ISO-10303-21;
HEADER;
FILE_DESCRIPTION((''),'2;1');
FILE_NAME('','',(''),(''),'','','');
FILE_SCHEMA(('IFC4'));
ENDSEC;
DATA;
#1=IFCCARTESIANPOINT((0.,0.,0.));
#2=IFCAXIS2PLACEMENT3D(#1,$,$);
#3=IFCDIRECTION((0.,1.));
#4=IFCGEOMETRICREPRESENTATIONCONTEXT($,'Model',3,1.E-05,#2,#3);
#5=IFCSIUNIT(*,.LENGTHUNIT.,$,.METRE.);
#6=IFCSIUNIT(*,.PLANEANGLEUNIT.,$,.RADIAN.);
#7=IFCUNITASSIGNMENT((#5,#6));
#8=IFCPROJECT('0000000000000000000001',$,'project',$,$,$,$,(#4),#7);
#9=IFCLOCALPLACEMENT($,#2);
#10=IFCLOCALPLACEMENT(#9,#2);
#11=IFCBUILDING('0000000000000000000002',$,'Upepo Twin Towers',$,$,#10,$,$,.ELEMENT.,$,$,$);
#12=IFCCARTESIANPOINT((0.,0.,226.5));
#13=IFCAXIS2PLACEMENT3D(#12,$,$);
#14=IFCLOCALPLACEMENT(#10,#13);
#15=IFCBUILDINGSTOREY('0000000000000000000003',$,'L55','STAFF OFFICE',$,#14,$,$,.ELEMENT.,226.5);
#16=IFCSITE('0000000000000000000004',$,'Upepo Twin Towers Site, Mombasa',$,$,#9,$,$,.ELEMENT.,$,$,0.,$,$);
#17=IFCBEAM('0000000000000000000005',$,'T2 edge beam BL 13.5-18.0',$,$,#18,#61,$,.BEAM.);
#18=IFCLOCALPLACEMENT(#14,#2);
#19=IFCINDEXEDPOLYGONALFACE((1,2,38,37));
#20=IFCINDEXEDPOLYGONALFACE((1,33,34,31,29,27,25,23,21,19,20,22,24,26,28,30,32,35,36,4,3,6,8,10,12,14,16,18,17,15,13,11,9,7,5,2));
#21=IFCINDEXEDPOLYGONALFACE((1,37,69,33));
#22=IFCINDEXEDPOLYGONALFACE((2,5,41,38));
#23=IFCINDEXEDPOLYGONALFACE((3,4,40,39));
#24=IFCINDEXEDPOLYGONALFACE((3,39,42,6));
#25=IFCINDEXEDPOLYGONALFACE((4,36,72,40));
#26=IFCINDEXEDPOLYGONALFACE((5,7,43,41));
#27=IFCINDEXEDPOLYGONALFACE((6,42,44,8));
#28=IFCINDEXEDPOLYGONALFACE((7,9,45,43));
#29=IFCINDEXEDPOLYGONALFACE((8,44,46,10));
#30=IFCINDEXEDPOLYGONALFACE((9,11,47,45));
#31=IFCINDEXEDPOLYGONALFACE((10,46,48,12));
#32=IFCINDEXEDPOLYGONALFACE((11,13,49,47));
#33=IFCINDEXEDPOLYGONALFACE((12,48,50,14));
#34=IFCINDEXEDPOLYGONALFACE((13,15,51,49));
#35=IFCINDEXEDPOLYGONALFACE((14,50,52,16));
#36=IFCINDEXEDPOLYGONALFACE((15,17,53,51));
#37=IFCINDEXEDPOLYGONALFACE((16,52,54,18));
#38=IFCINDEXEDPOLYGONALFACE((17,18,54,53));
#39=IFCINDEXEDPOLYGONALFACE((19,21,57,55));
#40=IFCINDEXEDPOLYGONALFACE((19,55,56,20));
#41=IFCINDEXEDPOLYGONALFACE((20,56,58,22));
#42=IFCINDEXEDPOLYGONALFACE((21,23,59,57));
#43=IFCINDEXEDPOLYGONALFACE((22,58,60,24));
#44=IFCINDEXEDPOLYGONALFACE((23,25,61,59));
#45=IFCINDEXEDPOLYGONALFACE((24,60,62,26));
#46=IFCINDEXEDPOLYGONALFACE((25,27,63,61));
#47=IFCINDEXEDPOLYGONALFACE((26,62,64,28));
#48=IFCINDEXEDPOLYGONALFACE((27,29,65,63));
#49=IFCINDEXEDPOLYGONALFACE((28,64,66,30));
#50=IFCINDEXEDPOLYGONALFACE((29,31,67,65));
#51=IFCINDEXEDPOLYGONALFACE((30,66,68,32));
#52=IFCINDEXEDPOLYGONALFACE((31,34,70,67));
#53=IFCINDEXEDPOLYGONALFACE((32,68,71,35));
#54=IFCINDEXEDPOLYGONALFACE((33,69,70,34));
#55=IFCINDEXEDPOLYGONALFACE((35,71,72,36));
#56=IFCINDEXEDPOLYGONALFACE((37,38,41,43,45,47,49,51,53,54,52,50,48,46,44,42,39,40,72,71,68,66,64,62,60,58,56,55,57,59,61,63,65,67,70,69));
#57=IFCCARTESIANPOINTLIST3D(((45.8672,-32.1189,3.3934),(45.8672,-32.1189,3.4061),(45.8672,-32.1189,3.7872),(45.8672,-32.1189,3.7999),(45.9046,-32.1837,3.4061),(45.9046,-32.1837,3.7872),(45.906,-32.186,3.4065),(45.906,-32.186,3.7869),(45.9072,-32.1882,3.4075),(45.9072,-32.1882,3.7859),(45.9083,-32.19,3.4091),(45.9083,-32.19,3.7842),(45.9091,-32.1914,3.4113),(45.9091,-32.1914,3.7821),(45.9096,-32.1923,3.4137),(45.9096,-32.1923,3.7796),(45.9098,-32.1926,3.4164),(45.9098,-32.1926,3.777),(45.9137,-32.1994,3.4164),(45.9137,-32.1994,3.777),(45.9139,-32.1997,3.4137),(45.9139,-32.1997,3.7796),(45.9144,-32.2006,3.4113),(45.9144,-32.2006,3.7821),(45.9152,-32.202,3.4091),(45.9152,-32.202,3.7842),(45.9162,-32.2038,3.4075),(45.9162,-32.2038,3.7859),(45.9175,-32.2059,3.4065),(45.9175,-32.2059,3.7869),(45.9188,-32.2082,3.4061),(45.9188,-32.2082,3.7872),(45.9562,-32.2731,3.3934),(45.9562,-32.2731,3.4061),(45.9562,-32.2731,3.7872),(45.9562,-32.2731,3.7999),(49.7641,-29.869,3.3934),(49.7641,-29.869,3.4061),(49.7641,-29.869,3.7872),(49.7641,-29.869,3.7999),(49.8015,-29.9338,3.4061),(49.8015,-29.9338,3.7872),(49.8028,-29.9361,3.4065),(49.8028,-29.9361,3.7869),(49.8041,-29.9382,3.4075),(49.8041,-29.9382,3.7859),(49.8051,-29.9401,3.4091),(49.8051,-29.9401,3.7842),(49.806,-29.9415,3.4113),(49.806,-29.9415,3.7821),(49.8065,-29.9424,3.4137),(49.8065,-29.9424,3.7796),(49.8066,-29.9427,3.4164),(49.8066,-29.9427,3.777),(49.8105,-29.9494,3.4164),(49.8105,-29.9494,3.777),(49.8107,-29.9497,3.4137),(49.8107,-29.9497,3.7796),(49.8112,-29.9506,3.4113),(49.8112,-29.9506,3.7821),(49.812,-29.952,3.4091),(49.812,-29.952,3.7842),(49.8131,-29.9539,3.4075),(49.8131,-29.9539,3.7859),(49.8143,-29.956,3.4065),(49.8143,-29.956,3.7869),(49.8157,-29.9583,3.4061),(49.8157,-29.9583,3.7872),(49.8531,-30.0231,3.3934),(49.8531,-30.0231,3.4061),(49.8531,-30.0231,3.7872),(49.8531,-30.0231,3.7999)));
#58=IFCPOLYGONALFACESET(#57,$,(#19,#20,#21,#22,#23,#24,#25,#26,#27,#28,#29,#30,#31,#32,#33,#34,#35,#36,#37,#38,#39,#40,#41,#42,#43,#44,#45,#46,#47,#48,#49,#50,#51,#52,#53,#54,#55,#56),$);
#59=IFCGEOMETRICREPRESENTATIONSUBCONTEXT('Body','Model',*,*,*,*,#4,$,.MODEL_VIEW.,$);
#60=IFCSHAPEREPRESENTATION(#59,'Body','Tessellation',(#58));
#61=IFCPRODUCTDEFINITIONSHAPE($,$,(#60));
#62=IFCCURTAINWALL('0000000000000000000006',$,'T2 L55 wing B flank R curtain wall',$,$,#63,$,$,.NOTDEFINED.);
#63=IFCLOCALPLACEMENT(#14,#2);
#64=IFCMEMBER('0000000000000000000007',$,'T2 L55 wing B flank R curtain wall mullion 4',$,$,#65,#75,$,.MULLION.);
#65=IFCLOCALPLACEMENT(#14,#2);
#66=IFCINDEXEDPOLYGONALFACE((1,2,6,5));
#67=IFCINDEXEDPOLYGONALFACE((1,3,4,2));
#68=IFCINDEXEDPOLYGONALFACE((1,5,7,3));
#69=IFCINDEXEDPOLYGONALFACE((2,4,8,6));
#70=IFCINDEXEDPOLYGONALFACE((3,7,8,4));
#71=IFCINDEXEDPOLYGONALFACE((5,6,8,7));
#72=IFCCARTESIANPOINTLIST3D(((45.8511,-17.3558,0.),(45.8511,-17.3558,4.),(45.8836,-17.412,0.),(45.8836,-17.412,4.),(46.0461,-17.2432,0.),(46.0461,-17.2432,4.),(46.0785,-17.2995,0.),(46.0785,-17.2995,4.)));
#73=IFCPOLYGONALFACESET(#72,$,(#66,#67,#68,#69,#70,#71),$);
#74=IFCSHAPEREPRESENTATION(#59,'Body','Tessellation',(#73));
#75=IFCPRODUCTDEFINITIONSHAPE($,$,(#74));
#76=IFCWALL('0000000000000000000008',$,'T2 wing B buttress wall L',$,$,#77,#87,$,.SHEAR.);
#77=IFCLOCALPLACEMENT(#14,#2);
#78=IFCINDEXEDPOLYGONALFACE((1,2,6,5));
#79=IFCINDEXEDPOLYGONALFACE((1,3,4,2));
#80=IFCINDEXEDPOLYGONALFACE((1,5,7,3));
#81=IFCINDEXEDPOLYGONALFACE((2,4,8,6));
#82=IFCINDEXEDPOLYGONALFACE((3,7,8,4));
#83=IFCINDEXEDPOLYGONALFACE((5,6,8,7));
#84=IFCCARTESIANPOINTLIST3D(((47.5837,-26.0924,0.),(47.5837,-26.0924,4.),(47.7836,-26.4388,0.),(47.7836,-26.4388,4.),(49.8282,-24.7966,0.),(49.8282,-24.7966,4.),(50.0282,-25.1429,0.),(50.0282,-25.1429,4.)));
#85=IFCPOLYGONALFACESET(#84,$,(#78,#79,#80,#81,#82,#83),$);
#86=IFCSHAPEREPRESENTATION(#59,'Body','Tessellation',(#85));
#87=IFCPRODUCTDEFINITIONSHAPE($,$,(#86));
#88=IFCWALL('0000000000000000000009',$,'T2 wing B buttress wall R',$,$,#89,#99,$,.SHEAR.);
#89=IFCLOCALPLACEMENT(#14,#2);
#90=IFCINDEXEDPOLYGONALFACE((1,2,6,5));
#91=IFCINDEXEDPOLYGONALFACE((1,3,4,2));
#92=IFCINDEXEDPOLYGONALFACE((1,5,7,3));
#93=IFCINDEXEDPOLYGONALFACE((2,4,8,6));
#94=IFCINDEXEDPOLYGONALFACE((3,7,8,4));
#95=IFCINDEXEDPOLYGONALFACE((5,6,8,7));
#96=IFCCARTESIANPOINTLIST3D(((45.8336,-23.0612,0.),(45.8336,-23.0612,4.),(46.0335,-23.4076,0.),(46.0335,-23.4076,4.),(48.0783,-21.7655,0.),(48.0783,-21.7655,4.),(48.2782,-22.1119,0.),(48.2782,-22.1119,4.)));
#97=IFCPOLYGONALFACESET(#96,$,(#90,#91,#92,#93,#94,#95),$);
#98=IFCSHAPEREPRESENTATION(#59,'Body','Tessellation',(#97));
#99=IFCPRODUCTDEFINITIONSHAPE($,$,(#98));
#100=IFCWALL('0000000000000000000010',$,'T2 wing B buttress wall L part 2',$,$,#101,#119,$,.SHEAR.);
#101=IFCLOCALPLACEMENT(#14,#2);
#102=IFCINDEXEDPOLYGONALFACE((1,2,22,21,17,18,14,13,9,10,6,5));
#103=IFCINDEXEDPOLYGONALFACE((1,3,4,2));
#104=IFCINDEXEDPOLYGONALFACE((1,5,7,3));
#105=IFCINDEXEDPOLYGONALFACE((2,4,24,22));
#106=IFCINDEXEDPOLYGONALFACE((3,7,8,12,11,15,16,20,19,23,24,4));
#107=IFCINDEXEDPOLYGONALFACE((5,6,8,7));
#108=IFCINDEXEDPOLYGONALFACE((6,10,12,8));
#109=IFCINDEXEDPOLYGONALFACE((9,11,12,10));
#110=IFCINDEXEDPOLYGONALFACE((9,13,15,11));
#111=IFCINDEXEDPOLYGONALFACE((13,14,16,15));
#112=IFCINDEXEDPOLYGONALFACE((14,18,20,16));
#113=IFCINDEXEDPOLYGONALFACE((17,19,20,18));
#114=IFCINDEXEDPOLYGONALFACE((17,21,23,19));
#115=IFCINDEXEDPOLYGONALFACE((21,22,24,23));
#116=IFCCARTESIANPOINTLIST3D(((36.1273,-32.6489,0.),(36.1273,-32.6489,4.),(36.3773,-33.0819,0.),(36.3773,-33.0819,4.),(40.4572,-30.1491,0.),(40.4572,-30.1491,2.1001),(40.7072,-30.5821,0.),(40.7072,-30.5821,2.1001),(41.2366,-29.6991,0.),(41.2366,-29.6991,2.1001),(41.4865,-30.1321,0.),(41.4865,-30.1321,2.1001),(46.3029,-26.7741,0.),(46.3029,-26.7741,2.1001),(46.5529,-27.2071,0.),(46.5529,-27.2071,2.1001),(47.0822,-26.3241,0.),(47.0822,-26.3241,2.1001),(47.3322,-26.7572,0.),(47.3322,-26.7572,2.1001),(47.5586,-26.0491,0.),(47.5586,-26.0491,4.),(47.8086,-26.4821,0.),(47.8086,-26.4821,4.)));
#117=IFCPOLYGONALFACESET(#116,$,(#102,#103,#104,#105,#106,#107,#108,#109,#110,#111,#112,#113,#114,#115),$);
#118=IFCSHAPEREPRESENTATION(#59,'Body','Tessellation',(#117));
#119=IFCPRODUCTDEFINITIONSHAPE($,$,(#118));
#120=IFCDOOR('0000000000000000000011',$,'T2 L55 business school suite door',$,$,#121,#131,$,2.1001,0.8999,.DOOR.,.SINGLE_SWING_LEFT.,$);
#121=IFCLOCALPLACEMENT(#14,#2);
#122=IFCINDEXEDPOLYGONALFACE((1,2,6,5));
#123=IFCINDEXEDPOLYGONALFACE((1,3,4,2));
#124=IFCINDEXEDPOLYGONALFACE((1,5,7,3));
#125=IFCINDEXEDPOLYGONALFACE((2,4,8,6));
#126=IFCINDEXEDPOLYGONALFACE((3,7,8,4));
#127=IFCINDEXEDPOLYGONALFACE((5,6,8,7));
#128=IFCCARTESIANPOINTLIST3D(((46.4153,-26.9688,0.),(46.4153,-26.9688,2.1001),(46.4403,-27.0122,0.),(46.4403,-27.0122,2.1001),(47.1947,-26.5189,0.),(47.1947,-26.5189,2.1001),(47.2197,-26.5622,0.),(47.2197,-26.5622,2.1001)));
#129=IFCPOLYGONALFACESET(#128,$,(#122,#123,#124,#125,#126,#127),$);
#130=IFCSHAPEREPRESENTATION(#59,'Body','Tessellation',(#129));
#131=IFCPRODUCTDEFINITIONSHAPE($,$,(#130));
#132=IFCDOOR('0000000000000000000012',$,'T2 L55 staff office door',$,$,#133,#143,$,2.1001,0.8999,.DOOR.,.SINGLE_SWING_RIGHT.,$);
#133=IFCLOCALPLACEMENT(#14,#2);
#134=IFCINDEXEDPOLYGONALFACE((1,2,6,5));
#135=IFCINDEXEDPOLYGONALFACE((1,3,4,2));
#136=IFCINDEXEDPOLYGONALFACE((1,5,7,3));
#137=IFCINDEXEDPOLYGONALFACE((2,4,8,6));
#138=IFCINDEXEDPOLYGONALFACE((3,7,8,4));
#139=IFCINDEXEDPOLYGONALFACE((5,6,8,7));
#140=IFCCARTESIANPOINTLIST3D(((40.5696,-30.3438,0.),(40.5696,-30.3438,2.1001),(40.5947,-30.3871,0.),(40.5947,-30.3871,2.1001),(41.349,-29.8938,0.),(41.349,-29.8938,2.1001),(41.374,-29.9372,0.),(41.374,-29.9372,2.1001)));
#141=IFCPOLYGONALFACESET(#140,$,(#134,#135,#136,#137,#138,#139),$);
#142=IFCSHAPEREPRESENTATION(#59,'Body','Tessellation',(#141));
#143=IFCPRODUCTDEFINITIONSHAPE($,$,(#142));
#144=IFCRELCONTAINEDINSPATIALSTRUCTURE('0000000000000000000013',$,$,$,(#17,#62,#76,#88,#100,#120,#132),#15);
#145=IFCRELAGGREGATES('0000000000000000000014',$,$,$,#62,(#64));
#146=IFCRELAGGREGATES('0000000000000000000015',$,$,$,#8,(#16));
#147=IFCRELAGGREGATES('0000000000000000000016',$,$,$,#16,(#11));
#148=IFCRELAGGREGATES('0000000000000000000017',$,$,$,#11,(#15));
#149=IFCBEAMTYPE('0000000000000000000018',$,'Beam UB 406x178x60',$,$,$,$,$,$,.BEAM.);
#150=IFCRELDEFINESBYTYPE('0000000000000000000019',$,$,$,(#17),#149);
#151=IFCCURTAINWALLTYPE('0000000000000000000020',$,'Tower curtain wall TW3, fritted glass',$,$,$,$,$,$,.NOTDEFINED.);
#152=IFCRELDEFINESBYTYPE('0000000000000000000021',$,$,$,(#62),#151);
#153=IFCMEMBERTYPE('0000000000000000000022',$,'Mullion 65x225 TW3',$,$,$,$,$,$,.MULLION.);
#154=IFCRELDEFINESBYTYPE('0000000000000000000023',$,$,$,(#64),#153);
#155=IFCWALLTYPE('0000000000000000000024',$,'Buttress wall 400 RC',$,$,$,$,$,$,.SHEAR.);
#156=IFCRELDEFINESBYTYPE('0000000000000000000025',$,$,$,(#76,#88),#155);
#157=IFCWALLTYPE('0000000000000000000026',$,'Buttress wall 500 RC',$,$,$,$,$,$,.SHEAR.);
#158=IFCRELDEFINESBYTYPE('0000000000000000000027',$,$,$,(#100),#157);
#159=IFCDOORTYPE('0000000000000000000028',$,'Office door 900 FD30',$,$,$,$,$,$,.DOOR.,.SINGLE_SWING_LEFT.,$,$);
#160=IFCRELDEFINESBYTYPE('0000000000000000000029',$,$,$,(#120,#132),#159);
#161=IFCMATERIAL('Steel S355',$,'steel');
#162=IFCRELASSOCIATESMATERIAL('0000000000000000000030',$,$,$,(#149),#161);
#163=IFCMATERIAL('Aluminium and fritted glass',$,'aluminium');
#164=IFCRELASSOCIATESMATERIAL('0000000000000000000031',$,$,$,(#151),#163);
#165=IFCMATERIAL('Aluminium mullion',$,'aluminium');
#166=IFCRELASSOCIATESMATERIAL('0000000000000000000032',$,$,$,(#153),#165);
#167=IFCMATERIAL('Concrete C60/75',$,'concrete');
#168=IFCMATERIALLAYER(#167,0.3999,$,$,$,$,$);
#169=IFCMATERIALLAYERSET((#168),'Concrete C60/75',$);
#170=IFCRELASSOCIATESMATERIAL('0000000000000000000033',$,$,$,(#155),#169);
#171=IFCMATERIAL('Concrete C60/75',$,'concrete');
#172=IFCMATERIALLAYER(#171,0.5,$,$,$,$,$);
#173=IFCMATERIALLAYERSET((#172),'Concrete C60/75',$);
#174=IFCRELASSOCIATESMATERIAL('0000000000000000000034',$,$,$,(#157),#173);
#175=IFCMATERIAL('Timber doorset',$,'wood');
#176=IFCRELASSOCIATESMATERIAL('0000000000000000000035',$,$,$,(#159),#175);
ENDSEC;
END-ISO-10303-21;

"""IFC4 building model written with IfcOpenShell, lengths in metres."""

from ifc_helpers import new_model, si_unit, direction, frame, frame_2d, origin, origin_2d, place, context, subcontext, project, spatial, rectangle, i_section, extrude, material, layer, layer_set, material_profile, profile_set, type_object, element, fill, aggregate, save


model = new_model("IFC4")

# Units and contexts
model_context = context("Model", 3, precision=1e-05, world=origin(), true_north=direction((0.0, 1.0)))
body_context = subcontext(model_context, "Body", "Model", "MODEL_VIEW")
ifc_project = project(units=[si_unit("LENGTHUNIT", "METRE"), si_unit("PLANEANGLEUNIT", "RADIAN")], contexts=[model_context])

# Site, building, storey
site_placement = place(None, origin())
site = spatial("IfcSite", under=ifc_project, at=site_placement, Name="Upepo Twin Towers Site, Mombasa", CompositionType="ELEMENT", RefElevation=0.0)
building_placement = place(site_placement, origin())
building = spatial("IfcBuilding", under=site, at=building_placement, Name="Upepo Twin Towers", CompositionType="ELEMENT")
storey_placement = place(building_placement, frame((0.0, 0.0, 226.5)))
storey = spatial("IfcBuildingStorey", under=building, at=storey_placement, Name="L55", Description="STAFF OFFICE", CompositionType="ELEMENT", Elevation=226.5)

# Beam
ifc_material_1 = material(Name="Steel S355", Category="steel")
ifc_material_profile_1 = material_profile(ifc_material_1, i_section(OverallWidth=0.178, OverallDepth=0.4065, WebThickness=0.0078, FlangeThickness=0.0127, FilletRadius=0.0103, at=origin_2d()), Name="UB 406x178x60")
ifc_profile_set_1 = profile_set([ifc_material_profile_1], Name="Steel S355")
beam_type = type_object("IfcBeamType", Name="Beam UB 406x178x60", PredefinedType="BEAM", material=ifc_profile_set_1)
beam_placement = place(storey_placement, frame((49.8086, -29.946, 3.5967), z_axis=(-0.866018, -0.500014, 0.0), x_axis=(0.500014, -0.866018, 0.0)))
element("IfcBeam", 1, at=beam_placement, inside=storey, type_object=beam_type, Name="T2 edge beam BL 13.5-18.0", PredefinedType="BEAM", context=body_context, shape_type="SweptSolid", body=[
    extrude(i_section(OverallWidth=0.178, OverallDepth=0.4065, WebThickness=0.0078, FlangeThickness=0.0127, FilletRadius=0.0103, at=origin_2d()), origin(), (0.0, 0.0, 1.0), 4.4998),
])

# Curtain wall, member
ifc_material_2 = material(Name="Aluminium and fritted glass", Category="aluminium")
curtain_wall_type = type_object("IfcCurtainWallType", Name="Tower curtain wall TW3, fritted glass", PredefinedType="NOTDEFINED", material=ifc_material_2)
curtain_wall_placement = place(storey_placement, origin())
curtain_wall = element("IfcCurtainWall", 2, at=curtain_wall_placement, inside=storey, type_object=curtain_wall_type, Name="T2 L55 wing B flank R curtain wall", PredefinedType="NOTDEFINED")
ifc_material_3 = material(Name="Aluminium mullion", Category="aluminium")
ifc_material_profile_2 = material_profile(ifc_material_3, rectangle(XDim=0.0649, YDim=0.2251, at=origin_2d()), Name="MULLION 65x225")
ifc_profile_set_2 = profile_set([ifc_material_profile_2], Name="Aluminium mullion")
member_type = type_object("IfcMemberType", Name="Mullion 65x225 TW3", PredefinedType="MULLION", material=ifc_profile_set_2)
member_placement = place(storey_placement, frame((45.9648, -17.3276, 0.0), z_axis=(0.0, 0.0, 1.0), x_axis=(-0.5, 0.866025, 0.0)))
member = element("IfcMember", 3, at=member_placement, type_object=member_type, Name="T2 L55 wing B flank R curtain wall mullion 4", PredefinedType="MULLION", context=body_context, shape_type="SweptSolid", body=[
    extrude(rectangle(XDim=0.0649, YDim=0.2251, at=origin_2d()), origin(), (0.0, 0.0, 1.0), 4.0),
])
aggregate(curtain_wall, [member])

# Walls
ifc_material_4 = material(Name="Concrete C60/75", Category="concrete")
ifc_layer_1 = layer(ifc_material_4, 0.3999)
ifc_layer_set_1 = layer_set([ifc_layer_1], Name="Concrete C60/75")
wall_type_1 = type_object("IfcWallType", Name="Buttress wall 400 RC", PredefinedType="SHEAR", material=ifc_layer_set_1)
for number, where, z_axis, x_axis, name in (
    (4, (49.9282, -24.9697, 0.0), (0.0, 0.0, 1.0), (-0.866032, -0.499989, 0.0), "T2 wing B buttress wall L"),
    (5, (48.1782, -21.9387, 0.0), (0.0, 0.0, 1.0), (-0.866073, -0.499918, 0.0), "T2 wing B buttress wall R"),
):
    element("IfcWall", number, at=place(storey_placement, frame(where, z_axis=z_axis, x_axis=x_axis)), inside=storey, type_object=wall_type_1, Name=name, PredefinedType="SHEAR", context=body_context, shape_type="SweptSolid", body=[
        extrude(rectangle(XDim=2.5918, YDim=0.3999, at=frame_2d((1.2959, 0.0))), origin(), (0.0, 0.0, 1.0), 4.0),
    ])

# Wall, openings, doors
ifc_material_5 = material(Name="Concrete C60/75", Category="concrete")
ifc_layer_2 = layer(ifc_material_5, 0.5)
ifc_layer_set_2 = layer_set([ifc_layer_2], Name="Concrete C60/75")
wall_type_2 = type_object("IfcWallType", Name="Buttress wall 500 RC", PredefinedType="SHEAR", material=ifc_layer_set_2)
wall_1_placement = place(storey_placement, frame((47.6836, -26.2656, 0.0), z_axis=(0.0, 0.0, 1.0), x_axis=(-0.866028, -0.499996, 0.0)))
wall_1 = element("IfcWall", 6, at=wall_1_placement, inside=storey, type_object=wall_type_2, Name="T2 wing B buttress wall L part 2", PredefinedType="SHEAR", context=body_context, shape_type="SweptSolid", body=[
    extrude(rectangle(XDim=13.1997, YDim=0.5, at=frame_2d((6.5999, 0.0))), origin(), (0.0, 0.0, 1.0), 4.0),
])
opening_1_placement = place(wall_1_placement, frame((0.55, 0.0, 0.0)))
opening_1 = element("IfcOpeningElement", 7, at=opening_1_placement, cuts=wall_1, PredefinedType="OPENING", context=body_context, shape_type="SweptSolid", body=[
    extrude(rectangle(XDim=0.8999, YDim=2.1001, at=frame_2d((0.45, 1.05))), frame((0.0, 0.26, 0.0), z_axis=(0.0, -1.0, 0.0), x_axis=(1.0, 0.0, 0.0)), (0.0, 0.0, 1.0), 0.52),
])
opening_2_placement = place(wall_1_placement, frame((7.3, 0.0, 0.0)))
opening_2 = element("IfcOpeningElement", 8, at=opening_2_placement, cuts=wall_1, PredefinedType="OPENING", context=body_context, shape_type="SweptSolid", body=[
    extrude(rectangle(XDim=0.8999, YDim=2.1001, at=frame_2d((0.45, 1.05))), frame((0.0, 0.26, 0.0), z_axis=(0.0, -1.0, 0.0), x_axis=(1.0, 0.0, 0.0)), (0.0, 0.0, 1.0), 0.52),
])
ifc_material_6 = material(Name="Timber doorset", Category="wood")
door_type_1 = type_object("IfcDoorType", Name="Office door 900 FD30", OperationType="SINGLE_SWING_LEFT", PredefinedType="DOOR", material=ifc_material_6)
door_1_placement = place(opening_1_placement, origin())
door_1 = element("IfcDoor", 9, at=door_1_placement, inside=storey, type_object=door_type_1, Name="T2 L55 business school suite door", OperationType="SINGLE_SWING_LEFT", OverallHeight=2.1001, OverallWidth=0.8999, PredefinedType="DOOR", context=body_context, shape_type="SweptSolid", body=[
    extrude(rectangle(XDim=0.8999, YDim=2.1001, at=frame_2d((0.45, 1.05))), frame((0.0, 0.0249, 0.0), z_axis=(0.0, -1.0, 0.0), x_axis=(1.0, 0.0, 0.0)), (0.0, 0.0, 1.0), 0.05),
])
fill(opening_1, door_1)
door_2_placement = place(opening_2_placement, origin())
door_2 = element("IfcDoor", 10, at=door_2_placement, inside=storey, type_object=door_type_1, Name="T2 L55 staff office door", OperationType="SINGLE_SWING_RIGHT", OverallHeight=2.1001, OverallWidth=0.8999, PredefinedType="DOOR", context=body_context, shape_type="SweptSolid", body=[
    extrude(rectangle(XDim=0.8999, YDim=2.1001, at=frame_2d((0.45, 1.05))), frame((0.0, 0.0249, 0.0), z_axis=(0.0, -1.0, 0.0), x_axis=(1.0, 0.0, 0.0)), (0.0, 0.0, 1.0), 0.05),
])
fill(opening_2, door_2)

save(model, "model.ifc")
